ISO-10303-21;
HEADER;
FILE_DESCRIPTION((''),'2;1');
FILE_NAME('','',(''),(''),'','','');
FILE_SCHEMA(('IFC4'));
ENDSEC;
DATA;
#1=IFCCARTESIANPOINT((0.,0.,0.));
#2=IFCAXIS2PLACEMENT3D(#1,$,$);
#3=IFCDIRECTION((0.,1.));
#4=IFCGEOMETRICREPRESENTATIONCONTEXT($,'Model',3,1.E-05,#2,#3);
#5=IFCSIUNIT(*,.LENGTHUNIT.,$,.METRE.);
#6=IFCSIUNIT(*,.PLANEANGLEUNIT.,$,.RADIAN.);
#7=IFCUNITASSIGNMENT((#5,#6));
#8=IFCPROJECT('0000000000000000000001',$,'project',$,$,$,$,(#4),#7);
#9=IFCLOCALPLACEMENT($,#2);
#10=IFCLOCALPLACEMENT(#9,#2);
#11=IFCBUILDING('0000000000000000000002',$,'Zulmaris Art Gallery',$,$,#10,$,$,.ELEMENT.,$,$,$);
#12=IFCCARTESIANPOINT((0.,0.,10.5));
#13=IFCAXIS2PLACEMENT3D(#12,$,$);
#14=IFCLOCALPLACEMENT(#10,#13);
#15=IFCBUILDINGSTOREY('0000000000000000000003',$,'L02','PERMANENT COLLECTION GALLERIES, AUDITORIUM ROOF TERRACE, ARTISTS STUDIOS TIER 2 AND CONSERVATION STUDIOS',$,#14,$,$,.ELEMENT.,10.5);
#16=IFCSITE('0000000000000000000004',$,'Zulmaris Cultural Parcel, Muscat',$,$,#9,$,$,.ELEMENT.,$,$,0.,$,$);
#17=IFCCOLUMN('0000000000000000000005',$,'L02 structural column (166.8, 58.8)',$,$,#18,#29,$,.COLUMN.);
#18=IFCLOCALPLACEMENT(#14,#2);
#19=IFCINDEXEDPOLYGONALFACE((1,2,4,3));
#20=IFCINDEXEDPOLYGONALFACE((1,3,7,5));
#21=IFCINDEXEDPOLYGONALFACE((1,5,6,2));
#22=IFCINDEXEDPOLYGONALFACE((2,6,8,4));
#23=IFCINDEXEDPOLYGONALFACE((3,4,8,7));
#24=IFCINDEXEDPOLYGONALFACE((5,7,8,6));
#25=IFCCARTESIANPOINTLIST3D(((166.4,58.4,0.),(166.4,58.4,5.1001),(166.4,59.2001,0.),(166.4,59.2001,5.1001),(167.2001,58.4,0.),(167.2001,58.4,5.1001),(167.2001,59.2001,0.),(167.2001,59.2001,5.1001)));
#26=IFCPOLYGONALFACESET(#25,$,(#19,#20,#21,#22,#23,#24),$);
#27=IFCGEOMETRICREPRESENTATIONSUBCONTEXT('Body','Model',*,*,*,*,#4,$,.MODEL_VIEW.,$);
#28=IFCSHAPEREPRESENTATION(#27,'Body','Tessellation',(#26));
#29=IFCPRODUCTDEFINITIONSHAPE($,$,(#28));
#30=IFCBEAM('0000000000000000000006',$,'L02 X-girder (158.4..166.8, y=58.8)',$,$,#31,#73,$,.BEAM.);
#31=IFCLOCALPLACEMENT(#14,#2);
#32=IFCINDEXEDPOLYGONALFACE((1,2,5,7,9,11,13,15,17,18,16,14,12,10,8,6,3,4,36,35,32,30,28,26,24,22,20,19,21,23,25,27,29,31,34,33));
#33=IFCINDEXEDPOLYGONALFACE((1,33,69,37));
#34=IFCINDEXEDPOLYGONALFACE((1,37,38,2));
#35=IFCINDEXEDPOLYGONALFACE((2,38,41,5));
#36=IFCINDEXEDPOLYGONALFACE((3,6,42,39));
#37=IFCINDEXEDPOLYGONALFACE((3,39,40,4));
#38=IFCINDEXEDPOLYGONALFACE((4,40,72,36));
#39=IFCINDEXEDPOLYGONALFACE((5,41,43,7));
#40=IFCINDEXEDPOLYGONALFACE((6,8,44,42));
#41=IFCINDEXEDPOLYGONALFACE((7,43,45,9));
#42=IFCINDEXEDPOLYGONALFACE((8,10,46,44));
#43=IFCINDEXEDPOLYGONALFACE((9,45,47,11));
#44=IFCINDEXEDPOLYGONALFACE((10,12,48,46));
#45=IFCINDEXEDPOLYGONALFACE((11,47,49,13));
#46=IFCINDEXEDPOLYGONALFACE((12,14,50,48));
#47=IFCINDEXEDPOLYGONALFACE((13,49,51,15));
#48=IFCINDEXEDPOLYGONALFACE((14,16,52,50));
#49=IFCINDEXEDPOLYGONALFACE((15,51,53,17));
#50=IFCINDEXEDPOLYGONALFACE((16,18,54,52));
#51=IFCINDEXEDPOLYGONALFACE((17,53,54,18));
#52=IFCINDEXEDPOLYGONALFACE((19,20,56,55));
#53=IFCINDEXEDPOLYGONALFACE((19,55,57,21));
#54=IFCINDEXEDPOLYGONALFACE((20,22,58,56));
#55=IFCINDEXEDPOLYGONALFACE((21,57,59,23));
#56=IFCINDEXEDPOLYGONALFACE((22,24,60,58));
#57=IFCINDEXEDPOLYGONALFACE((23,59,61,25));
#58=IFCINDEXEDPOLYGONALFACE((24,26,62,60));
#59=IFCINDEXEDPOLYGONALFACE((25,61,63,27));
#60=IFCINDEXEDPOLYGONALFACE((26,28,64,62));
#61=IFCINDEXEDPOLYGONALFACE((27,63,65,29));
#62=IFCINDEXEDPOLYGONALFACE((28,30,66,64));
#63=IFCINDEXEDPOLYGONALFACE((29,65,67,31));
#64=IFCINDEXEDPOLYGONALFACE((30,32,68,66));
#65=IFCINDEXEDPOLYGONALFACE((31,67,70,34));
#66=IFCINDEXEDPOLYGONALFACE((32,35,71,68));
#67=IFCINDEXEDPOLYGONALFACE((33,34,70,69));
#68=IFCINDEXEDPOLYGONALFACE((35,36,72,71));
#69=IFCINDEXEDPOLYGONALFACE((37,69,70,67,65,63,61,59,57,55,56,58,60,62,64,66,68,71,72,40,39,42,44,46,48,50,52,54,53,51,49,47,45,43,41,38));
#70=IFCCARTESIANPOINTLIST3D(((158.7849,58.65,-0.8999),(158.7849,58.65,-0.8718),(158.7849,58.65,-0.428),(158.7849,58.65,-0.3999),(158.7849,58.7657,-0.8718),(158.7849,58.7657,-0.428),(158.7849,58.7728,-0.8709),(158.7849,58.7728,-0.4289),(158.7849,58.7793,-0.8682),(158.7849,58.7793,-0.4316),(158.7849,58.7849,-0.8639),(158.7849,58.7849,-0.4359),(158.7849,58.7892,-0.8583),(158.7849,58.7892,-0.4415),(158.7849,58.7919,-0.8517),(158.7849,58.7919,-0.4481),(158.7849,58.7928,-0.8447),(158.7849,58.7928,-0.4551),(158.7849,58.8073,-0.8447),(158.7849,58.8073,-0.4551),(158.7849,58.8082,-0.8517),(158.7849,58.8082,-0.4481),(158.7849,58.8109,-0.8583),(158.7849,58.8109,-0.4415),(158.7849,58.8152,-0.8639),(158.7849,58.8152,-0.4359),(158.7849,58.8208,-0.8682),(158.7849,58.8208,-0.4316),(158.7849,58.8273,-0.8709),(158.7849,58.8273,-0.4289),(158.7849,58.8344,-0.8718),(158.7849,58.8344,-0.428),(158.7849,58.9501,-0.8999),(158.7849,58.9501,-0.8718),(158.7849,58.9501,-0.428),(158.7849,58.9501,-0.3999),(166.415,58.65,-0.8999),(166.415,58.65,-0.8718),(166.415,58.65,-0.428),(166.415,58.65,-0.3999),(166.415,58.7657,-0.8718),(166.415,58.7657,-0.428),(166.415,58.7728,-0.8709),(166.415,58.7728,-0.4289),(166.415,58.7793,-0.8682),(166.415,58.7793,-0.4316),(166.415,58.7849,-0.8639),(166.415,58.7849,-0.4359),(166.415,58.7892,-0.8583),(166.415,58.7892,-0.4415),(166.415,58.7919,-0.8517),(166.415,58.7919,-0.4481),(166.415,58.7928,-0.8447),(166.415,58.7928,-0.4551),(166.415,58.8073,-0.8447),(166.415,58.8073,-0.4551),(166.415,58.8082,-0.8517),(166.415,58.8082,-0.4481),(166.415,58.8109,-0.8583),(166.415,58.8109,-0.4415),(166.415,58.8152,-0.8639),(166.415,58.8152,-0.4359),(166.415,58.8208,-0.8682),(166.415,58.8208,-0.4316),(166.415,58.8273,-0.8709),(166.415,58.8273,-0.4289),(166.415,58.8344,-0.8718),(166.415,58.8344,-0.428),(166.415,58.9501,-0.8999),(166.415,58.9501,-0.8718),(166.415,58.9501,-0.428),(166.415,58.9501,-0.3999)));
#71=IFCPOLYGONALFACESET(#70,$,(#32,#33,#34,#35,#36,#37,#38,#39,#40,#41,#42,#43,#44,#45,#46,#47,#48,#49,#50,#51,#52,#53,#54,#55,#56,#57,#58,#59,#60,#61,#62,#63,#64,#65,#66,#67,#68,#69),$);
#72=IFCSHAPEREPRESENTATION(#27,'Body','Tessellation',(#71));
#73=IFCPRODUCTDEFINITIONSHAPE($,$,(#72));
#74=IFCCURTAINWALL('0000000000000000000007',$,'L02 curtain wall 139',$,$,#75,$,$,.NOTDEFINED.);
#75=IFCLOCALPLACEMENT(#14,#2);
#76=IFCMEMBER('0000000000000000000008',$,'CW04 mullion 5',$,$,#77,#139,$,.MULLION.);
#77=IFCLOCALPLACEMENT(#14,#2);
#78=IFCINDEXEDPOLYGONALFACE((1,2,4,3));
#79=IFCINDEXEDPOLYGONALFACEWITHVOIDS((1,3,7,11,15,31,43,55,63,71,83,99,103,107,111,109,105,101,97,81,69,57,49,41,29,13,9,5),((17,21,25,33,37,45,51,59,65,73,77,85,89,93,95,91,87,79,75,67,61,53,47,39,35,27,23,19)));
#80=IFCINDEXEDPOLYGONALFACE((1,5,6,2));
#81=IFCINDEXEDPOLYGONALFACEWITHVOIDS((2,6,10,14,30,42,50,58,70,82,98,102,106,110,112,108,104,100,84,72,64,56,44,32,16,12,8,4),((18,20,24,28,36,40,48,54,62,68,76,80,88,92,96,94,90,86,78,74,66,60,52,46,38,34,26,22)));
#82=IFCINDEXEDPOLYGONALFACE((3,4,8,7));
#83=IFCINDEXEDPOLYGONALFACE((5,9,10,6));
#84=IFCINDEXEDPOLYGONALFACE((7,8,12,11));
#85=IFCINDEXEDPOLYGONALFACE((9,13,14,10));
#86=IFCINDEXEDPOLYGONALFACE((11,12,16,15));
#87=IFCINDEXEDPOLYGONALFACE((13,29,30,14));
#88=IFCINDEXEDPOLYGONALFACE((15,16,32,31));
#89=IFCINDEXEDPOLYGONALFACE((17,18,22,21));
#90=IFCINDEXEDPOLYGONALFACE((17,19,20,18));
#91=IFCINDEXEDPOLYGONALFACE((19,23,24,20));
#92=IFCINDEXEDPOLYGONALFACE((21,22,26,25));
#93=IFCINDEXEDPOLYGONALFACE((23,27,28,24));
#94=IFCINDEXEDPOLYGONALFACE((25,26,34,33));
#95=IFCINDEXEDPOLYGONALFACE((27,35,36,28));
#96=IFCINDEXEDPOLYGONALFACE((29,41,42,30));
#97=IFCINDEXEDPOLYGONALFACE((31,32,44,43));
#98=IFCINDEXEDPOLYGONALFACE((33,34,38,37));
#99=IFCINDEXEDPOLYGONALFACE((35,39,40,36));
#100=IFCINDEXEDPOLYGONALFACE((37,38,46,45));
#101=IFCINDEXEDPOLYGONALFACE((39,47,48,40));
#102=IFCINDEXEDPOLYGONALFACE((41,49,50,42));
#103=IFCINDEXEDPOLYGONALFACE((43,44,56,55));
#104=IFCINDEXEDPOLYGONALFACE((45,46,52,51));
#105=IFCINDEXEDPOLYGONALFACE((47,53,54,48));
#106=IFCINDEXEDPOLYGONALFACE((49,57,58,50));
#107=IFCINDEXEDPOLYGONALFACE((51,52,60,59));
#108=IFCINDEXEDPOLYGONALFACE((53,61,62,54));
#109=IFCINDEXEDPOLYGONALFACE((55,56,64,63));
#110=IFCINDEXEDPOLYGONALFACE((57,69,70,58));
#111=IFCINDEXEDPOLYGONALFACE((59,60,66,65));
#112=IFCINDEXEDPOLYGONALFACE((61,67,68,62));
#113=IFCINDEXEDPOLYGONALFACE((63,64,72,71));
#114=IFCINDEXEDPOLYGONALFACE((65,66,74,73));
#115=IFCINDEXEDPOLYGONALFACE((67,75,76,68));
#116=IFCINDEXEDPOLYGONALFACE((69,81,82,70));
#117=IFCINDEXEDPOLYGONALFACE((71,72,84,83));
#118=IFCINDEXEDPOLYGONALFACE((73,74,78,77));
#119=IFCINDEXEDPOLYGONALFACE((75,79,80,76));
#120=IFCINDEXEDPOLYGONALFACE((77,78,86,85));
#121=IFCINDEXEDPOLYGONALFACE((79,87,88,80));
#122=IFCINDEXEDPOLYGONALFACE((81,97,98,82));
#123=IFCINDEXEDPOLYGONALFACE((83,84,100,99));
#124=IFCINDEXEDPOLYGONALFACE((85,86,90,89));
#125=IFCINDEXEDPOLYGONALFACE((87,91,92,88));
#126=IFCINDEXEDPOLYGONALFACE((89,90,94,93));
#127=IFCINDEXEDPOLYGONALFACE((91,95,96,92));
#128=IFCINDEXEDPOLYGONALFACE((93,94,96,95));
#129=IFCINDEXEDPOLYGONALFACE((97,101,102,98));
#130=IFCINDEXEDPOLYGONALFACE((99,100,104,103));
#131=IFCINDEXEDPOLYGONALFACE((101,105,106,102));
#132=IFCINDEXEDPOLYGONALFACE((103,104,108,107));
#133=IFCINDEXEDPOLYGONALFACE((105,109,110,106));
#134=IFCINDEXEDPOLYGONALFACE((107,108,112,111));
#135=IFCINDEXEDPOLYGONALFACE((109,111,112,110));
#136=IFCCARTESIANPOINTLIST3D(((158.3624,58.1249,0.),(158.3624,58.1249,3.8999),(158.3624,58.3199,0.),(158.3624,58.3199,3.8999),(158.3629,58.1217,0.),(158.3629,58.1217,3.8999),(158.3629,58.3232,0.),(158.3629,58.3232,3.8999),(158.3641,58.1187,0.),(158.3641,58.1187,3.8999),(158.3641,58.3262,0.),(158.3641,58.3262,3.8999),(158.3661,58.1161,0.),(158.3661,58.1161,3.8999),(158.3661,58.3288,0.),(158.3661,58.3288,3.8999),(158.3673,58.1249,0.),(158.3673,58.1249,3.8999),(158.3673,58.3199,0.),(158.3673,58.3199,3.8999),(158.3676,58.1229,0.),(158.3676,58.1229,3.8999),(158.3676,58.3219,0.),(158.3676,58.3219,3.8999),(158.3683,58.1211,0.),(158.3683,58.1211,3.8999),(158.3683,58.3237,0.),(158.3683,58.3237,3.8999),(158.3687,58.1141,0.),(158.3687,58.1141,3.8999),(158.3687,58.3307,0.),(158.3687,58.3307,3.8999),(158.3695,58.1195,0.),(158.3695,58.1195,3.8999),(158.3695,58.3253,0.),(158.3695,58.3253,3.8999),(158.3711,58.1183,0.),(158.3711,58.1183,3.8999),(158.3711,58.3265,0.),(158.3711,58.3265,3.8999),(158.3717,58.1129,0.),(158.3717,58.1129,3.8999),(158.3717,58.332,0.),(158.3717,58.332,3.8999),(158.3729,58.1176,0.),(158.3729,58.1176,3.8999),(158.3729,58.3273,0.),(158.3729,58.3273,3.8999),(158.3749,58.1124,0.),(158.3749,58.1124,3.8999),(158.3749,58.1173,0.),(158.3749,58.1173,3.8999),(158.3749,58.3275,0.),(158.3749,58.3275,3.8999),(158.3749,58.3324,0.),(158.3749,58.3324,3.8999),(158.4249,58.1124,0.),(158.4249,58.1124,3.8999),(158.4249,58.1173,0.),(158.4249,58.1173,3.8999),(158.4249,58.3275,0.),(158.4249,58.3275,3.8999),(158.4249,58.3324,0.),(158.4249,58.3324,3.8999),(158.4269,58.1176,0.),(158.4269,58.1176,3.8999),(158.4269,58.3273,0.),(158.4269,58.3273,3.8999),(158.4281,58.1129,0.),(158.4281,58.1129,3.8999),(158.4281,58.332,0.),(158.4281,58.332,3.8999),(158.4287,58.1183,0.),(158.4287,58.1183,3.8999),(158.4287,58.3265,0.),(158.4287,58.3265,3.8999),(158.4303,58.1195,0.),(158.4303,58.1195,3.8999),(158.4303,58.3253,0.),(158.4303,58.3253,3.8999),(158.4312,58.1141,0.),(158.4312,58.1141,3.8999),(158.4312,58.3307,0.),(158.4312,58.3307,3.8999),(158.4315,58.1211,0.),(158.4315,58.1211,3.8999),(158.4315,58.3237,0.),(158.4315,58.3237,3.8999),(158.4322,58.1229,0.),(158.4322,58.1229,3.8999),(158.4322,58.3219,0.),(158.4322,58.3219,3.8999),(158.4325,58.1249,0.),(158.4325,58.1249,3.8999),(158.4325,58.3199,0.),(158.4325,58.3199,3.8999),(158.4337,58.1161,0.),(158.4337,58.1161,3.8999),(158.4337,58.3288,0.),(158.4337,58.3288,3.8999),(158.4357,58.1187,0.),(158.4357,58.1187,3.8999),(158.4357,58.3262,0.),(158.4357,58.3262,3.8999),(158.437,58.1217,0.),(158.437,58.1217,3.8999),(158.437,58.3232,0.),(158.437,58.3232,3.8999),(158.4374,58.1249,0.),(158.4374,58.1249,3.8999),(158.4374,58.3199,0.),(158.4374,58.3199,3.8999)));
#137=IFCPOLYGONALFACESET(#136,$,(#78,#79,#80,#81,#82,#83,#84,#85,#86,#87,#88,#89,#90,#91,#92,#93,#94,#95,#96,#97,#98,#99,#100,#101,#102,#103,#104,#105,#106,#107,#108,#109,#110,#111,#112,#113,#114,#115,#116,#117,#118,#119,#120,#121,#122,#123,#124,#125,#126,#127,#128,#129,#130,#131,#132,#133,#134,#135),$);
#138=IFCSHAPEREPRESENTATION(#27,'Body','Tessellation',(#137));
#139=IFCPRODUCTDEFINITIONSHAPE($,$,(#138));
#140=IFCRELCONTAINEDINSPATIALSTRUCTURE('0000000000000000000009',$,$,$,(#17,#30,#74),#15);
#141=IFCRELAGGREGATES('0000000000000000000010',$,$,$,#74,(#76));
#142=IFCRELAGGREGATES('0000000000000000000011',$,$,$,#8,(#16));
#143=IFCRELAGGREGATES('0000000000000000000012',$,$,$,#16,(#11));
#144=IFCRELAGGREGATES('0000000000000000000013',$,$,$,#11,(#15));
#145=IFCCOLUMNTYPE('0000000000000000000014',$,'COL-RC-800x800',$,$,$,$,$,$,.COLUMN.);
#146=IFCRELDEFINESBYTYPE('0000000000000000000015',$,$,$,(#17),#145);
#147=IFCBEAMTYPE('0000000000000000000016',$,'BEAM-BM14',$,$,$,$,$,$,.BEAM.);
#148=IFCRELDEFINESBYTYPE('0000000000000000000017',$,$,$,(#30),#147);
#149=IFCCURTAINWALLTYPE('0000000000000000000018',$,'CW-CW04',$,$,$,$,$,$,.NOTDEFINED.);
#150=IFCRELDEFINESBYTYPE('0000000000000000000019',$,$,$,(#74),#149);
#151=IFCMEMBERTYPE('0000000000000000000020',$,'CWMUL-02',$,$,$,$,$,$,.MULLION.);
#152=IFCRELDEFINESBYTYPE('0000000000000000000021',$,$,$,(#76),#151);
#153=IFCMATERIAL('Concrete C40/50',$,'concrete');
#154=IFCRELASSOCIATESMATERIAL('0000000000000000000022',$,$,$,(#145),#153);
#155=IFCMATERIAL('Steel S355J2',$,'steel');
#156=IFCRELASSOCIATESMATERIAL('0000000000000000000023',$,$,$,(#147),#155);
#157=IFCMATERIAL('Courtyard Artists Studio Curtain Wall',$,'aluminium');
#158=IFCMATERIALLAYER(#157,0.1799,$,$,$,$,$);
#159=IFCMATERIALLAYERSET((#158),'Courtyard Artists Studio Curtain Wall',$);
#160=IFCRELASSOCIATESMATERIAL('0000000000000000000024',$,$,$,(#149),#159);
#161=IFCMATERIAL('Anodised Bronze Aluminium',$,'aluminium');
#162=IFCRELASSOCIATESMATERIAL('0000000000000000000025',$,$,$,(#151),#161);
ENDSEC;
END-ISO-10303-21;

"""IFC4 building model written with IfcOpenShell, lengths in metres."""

from ifc_helpers import new_model, si_unit, direction, frame, origin, origin_2d, place, context, subcontext, project, spatial, rectangle, hollow_rectangle, i_section, extrude, material, layer, layer_set, material_profile, profile_set, type_object, element, aggregate, save


model = new_model("IFC4")

# Units and contexts
model_context = context("Model", 3, precision=1e-05, world=origin(), true_north=direction((0.0, 1.0)))
body_context = subcontext(model_context, "Body", "Model", "MODEL_VIEW")
ifc_project = project(units=[si_unit("LENGTHUNIT", "METRE"), si_unit("PLANEANGLEUNIT", "RADIAN")], contexts=[model_context])

# Site, building, storey
site_placement = place(None, origin())
site = spatial("IfcSite", under=ifc_project, at=site_placement, Name="Zulmaris Cultural Parcel, Muscat", CompositionType="ELEMENT", RefElevation=0.0)
building_placement = place(site_placement, origin())
building = spatial("IfcBuilding", under=site, at=building_placement, Name="Zulmaris Art Gallery", CompositionType="ELEMENT")
storey_placement = place(building_placement, frame((0.0, 0.0, 10.5)))
storey = spatial("IfcBuildingStorey", under=building, at=storey_placement, Name="L02", Description="PERMANENT COLLECTION GALLERIES, AUDITORIUM ROOF TERRACE, ARTISTS STUDIOS TIER 2 AND CONSERVATION STUDIOS", CompositionType="ELEMENT", Elevation=10.5)

# Column
ifc_material_1 = material(Name="Concrete C40/50", Category="concrete")
ifc_material_profile_1 = material_profile(ifc_material_1, rectangle(XDim=0.8, YDim=0.8, at=origin_2d()), Name="RC 800x800")
ifc_profile_set_1 = profile_set([ifc_material_profile_1], Name="Concrete C40/50")
column_type = type_object("IfcColumnType", Name="COL-RC-800x800", PredefinedType="COLUMN", material=ifc_profile_set_1)
column_placement = place(storey_placement, frame((166.8, 58.8, 0.0), z_axis=(0.0, 0.0, 1.0), x_axis=(1.0, 0.0, 0.0)))
element("IfcColumn", 1, at=column_placement, inside=storey, type_object=column_type, Name="L02 structural column (166.8, 58.8)", PredefinedType="COLUMN", context=body_context, shape_type="SweptSolid", body=[
    extrude(rectangle(XDim=0.8, YDim=0.8, at=origin_2d()), origin(), (0.0, 0.0, 1.0), 5.1001),
])

# Beam
ifc_material_2 = material(Name="Steel S355J2", Category="steel")
ifc_material_profile_2 = material_profile(ifc_material_2, i_section(OverallWidth=0.3, OverallDepth=0.5, WebThickness=0.0144, FlangeThickness=0.0281, FilletRadius=0.0271, at=origin_2d()), Name="HEB 500")
ifc_profile_set_2 = profile_set([ifc_material_profile_2], Name="Steel S355J2")
beam_type = type_object("IfcBeamType", Name="BEAM-BM14", PredefinedType="BEAM", material=ifc_profile_set_2)
beam_placement = place(storey_placement, frame((158.7849, 58.8, -0.6499), z_axis=(1.0, 0.0, 0.0), x_axis=(0.0, 1.0, 0.0)))
element("IfcBeam", 2, at=beam_placement, inside=storey, type_object=beam_type, Name="L02 X-girder (158.4..166.8, y=58.8)", PredefinedType="BEAM", context=body_context, shape_type="SweptSolid", body=[
    extrude(i_section(OverallWidth=0.3, OverallDepth=0.5, WebThickness=0.0144, FlangeThickness=0.0281, FilletRadius=0.0271, at=origin_2d()), origin(), (0.0, 0.0, 1.0), 7.6301),
])

# Curtain wall, member
ifc_material_3 = material(Name="Courtyard Artists Studio Curtain Wall", Category="aluminium")
ifc_layer_1 = layer(ifc_material_3, 0.1799)
ifc_layer_set_1 = layer_set([ifc_layer_1], Name="Courtyard Artists Studio Curtain Wall")
curtain_wall_type = type_object("IfcCurtainWallType", Name="CW-CW04", PredefinedType="NOTDEFINED", material=ifc_layer_set_1)
curtain_wall_1_placement = place(storey_placement, origin())
curtain_wall_1 = element("IfcCurtainWall", 3, at=curtain_wall_1_placement, inside=storey, type_object=curtain_wall_type, Name="L02 curtain wall 139", PredefinedType="NOTDEFINED")
ifc_material_4 = material(Name="Anodised Bronze Aluminium", Category="aluminium")
ifc_material_profile_3 = material_profile(ifc_material_4, hollow_rectangle(XDim=0.075, YDim=0.22, WallThickness=0.0049, InnerFilletRadius=0.0076, OuterFilletRadius=0.0125, at=origin_2d()), Name="ALU 75x220x5")
ifc_profile_set_3 = profile_set([ifc_material_profile_3], Name="Anodised Bronze Aluminium")
member_type_1 = type_object("IfcMemberType", Name="CWMUL-02", PredefinedType="MULLION", material=ifc_profile_set_3)
member_1_placement = place(storey_placement, frame((158.3999, 58.2224, 0.0), z_axis=(0.0, 0.0, 1.0), x_axis=(-1.0, 0.0, 0.0)))
member_1 = element("IfcMember", 4, at=member_1_placement, type_object=member_type_1, Name="CW04 mullion 5", PredefinedType="MULLION", context=body_context, shape_type="SweptSolid", body=[
    extrude(hollow_rectangle(XDim=0.075, YDim=0.22, WallThickness=0.0049, InnerFilletRadius=0.0076, OuterFilletRadius=0.0125, at=origin_2d()), origin(), (0.0, 0.0, 1.0), 3.8999),
])

aggregate(curtain_wall_1, [member_1])

save(model, "model.ifc")
